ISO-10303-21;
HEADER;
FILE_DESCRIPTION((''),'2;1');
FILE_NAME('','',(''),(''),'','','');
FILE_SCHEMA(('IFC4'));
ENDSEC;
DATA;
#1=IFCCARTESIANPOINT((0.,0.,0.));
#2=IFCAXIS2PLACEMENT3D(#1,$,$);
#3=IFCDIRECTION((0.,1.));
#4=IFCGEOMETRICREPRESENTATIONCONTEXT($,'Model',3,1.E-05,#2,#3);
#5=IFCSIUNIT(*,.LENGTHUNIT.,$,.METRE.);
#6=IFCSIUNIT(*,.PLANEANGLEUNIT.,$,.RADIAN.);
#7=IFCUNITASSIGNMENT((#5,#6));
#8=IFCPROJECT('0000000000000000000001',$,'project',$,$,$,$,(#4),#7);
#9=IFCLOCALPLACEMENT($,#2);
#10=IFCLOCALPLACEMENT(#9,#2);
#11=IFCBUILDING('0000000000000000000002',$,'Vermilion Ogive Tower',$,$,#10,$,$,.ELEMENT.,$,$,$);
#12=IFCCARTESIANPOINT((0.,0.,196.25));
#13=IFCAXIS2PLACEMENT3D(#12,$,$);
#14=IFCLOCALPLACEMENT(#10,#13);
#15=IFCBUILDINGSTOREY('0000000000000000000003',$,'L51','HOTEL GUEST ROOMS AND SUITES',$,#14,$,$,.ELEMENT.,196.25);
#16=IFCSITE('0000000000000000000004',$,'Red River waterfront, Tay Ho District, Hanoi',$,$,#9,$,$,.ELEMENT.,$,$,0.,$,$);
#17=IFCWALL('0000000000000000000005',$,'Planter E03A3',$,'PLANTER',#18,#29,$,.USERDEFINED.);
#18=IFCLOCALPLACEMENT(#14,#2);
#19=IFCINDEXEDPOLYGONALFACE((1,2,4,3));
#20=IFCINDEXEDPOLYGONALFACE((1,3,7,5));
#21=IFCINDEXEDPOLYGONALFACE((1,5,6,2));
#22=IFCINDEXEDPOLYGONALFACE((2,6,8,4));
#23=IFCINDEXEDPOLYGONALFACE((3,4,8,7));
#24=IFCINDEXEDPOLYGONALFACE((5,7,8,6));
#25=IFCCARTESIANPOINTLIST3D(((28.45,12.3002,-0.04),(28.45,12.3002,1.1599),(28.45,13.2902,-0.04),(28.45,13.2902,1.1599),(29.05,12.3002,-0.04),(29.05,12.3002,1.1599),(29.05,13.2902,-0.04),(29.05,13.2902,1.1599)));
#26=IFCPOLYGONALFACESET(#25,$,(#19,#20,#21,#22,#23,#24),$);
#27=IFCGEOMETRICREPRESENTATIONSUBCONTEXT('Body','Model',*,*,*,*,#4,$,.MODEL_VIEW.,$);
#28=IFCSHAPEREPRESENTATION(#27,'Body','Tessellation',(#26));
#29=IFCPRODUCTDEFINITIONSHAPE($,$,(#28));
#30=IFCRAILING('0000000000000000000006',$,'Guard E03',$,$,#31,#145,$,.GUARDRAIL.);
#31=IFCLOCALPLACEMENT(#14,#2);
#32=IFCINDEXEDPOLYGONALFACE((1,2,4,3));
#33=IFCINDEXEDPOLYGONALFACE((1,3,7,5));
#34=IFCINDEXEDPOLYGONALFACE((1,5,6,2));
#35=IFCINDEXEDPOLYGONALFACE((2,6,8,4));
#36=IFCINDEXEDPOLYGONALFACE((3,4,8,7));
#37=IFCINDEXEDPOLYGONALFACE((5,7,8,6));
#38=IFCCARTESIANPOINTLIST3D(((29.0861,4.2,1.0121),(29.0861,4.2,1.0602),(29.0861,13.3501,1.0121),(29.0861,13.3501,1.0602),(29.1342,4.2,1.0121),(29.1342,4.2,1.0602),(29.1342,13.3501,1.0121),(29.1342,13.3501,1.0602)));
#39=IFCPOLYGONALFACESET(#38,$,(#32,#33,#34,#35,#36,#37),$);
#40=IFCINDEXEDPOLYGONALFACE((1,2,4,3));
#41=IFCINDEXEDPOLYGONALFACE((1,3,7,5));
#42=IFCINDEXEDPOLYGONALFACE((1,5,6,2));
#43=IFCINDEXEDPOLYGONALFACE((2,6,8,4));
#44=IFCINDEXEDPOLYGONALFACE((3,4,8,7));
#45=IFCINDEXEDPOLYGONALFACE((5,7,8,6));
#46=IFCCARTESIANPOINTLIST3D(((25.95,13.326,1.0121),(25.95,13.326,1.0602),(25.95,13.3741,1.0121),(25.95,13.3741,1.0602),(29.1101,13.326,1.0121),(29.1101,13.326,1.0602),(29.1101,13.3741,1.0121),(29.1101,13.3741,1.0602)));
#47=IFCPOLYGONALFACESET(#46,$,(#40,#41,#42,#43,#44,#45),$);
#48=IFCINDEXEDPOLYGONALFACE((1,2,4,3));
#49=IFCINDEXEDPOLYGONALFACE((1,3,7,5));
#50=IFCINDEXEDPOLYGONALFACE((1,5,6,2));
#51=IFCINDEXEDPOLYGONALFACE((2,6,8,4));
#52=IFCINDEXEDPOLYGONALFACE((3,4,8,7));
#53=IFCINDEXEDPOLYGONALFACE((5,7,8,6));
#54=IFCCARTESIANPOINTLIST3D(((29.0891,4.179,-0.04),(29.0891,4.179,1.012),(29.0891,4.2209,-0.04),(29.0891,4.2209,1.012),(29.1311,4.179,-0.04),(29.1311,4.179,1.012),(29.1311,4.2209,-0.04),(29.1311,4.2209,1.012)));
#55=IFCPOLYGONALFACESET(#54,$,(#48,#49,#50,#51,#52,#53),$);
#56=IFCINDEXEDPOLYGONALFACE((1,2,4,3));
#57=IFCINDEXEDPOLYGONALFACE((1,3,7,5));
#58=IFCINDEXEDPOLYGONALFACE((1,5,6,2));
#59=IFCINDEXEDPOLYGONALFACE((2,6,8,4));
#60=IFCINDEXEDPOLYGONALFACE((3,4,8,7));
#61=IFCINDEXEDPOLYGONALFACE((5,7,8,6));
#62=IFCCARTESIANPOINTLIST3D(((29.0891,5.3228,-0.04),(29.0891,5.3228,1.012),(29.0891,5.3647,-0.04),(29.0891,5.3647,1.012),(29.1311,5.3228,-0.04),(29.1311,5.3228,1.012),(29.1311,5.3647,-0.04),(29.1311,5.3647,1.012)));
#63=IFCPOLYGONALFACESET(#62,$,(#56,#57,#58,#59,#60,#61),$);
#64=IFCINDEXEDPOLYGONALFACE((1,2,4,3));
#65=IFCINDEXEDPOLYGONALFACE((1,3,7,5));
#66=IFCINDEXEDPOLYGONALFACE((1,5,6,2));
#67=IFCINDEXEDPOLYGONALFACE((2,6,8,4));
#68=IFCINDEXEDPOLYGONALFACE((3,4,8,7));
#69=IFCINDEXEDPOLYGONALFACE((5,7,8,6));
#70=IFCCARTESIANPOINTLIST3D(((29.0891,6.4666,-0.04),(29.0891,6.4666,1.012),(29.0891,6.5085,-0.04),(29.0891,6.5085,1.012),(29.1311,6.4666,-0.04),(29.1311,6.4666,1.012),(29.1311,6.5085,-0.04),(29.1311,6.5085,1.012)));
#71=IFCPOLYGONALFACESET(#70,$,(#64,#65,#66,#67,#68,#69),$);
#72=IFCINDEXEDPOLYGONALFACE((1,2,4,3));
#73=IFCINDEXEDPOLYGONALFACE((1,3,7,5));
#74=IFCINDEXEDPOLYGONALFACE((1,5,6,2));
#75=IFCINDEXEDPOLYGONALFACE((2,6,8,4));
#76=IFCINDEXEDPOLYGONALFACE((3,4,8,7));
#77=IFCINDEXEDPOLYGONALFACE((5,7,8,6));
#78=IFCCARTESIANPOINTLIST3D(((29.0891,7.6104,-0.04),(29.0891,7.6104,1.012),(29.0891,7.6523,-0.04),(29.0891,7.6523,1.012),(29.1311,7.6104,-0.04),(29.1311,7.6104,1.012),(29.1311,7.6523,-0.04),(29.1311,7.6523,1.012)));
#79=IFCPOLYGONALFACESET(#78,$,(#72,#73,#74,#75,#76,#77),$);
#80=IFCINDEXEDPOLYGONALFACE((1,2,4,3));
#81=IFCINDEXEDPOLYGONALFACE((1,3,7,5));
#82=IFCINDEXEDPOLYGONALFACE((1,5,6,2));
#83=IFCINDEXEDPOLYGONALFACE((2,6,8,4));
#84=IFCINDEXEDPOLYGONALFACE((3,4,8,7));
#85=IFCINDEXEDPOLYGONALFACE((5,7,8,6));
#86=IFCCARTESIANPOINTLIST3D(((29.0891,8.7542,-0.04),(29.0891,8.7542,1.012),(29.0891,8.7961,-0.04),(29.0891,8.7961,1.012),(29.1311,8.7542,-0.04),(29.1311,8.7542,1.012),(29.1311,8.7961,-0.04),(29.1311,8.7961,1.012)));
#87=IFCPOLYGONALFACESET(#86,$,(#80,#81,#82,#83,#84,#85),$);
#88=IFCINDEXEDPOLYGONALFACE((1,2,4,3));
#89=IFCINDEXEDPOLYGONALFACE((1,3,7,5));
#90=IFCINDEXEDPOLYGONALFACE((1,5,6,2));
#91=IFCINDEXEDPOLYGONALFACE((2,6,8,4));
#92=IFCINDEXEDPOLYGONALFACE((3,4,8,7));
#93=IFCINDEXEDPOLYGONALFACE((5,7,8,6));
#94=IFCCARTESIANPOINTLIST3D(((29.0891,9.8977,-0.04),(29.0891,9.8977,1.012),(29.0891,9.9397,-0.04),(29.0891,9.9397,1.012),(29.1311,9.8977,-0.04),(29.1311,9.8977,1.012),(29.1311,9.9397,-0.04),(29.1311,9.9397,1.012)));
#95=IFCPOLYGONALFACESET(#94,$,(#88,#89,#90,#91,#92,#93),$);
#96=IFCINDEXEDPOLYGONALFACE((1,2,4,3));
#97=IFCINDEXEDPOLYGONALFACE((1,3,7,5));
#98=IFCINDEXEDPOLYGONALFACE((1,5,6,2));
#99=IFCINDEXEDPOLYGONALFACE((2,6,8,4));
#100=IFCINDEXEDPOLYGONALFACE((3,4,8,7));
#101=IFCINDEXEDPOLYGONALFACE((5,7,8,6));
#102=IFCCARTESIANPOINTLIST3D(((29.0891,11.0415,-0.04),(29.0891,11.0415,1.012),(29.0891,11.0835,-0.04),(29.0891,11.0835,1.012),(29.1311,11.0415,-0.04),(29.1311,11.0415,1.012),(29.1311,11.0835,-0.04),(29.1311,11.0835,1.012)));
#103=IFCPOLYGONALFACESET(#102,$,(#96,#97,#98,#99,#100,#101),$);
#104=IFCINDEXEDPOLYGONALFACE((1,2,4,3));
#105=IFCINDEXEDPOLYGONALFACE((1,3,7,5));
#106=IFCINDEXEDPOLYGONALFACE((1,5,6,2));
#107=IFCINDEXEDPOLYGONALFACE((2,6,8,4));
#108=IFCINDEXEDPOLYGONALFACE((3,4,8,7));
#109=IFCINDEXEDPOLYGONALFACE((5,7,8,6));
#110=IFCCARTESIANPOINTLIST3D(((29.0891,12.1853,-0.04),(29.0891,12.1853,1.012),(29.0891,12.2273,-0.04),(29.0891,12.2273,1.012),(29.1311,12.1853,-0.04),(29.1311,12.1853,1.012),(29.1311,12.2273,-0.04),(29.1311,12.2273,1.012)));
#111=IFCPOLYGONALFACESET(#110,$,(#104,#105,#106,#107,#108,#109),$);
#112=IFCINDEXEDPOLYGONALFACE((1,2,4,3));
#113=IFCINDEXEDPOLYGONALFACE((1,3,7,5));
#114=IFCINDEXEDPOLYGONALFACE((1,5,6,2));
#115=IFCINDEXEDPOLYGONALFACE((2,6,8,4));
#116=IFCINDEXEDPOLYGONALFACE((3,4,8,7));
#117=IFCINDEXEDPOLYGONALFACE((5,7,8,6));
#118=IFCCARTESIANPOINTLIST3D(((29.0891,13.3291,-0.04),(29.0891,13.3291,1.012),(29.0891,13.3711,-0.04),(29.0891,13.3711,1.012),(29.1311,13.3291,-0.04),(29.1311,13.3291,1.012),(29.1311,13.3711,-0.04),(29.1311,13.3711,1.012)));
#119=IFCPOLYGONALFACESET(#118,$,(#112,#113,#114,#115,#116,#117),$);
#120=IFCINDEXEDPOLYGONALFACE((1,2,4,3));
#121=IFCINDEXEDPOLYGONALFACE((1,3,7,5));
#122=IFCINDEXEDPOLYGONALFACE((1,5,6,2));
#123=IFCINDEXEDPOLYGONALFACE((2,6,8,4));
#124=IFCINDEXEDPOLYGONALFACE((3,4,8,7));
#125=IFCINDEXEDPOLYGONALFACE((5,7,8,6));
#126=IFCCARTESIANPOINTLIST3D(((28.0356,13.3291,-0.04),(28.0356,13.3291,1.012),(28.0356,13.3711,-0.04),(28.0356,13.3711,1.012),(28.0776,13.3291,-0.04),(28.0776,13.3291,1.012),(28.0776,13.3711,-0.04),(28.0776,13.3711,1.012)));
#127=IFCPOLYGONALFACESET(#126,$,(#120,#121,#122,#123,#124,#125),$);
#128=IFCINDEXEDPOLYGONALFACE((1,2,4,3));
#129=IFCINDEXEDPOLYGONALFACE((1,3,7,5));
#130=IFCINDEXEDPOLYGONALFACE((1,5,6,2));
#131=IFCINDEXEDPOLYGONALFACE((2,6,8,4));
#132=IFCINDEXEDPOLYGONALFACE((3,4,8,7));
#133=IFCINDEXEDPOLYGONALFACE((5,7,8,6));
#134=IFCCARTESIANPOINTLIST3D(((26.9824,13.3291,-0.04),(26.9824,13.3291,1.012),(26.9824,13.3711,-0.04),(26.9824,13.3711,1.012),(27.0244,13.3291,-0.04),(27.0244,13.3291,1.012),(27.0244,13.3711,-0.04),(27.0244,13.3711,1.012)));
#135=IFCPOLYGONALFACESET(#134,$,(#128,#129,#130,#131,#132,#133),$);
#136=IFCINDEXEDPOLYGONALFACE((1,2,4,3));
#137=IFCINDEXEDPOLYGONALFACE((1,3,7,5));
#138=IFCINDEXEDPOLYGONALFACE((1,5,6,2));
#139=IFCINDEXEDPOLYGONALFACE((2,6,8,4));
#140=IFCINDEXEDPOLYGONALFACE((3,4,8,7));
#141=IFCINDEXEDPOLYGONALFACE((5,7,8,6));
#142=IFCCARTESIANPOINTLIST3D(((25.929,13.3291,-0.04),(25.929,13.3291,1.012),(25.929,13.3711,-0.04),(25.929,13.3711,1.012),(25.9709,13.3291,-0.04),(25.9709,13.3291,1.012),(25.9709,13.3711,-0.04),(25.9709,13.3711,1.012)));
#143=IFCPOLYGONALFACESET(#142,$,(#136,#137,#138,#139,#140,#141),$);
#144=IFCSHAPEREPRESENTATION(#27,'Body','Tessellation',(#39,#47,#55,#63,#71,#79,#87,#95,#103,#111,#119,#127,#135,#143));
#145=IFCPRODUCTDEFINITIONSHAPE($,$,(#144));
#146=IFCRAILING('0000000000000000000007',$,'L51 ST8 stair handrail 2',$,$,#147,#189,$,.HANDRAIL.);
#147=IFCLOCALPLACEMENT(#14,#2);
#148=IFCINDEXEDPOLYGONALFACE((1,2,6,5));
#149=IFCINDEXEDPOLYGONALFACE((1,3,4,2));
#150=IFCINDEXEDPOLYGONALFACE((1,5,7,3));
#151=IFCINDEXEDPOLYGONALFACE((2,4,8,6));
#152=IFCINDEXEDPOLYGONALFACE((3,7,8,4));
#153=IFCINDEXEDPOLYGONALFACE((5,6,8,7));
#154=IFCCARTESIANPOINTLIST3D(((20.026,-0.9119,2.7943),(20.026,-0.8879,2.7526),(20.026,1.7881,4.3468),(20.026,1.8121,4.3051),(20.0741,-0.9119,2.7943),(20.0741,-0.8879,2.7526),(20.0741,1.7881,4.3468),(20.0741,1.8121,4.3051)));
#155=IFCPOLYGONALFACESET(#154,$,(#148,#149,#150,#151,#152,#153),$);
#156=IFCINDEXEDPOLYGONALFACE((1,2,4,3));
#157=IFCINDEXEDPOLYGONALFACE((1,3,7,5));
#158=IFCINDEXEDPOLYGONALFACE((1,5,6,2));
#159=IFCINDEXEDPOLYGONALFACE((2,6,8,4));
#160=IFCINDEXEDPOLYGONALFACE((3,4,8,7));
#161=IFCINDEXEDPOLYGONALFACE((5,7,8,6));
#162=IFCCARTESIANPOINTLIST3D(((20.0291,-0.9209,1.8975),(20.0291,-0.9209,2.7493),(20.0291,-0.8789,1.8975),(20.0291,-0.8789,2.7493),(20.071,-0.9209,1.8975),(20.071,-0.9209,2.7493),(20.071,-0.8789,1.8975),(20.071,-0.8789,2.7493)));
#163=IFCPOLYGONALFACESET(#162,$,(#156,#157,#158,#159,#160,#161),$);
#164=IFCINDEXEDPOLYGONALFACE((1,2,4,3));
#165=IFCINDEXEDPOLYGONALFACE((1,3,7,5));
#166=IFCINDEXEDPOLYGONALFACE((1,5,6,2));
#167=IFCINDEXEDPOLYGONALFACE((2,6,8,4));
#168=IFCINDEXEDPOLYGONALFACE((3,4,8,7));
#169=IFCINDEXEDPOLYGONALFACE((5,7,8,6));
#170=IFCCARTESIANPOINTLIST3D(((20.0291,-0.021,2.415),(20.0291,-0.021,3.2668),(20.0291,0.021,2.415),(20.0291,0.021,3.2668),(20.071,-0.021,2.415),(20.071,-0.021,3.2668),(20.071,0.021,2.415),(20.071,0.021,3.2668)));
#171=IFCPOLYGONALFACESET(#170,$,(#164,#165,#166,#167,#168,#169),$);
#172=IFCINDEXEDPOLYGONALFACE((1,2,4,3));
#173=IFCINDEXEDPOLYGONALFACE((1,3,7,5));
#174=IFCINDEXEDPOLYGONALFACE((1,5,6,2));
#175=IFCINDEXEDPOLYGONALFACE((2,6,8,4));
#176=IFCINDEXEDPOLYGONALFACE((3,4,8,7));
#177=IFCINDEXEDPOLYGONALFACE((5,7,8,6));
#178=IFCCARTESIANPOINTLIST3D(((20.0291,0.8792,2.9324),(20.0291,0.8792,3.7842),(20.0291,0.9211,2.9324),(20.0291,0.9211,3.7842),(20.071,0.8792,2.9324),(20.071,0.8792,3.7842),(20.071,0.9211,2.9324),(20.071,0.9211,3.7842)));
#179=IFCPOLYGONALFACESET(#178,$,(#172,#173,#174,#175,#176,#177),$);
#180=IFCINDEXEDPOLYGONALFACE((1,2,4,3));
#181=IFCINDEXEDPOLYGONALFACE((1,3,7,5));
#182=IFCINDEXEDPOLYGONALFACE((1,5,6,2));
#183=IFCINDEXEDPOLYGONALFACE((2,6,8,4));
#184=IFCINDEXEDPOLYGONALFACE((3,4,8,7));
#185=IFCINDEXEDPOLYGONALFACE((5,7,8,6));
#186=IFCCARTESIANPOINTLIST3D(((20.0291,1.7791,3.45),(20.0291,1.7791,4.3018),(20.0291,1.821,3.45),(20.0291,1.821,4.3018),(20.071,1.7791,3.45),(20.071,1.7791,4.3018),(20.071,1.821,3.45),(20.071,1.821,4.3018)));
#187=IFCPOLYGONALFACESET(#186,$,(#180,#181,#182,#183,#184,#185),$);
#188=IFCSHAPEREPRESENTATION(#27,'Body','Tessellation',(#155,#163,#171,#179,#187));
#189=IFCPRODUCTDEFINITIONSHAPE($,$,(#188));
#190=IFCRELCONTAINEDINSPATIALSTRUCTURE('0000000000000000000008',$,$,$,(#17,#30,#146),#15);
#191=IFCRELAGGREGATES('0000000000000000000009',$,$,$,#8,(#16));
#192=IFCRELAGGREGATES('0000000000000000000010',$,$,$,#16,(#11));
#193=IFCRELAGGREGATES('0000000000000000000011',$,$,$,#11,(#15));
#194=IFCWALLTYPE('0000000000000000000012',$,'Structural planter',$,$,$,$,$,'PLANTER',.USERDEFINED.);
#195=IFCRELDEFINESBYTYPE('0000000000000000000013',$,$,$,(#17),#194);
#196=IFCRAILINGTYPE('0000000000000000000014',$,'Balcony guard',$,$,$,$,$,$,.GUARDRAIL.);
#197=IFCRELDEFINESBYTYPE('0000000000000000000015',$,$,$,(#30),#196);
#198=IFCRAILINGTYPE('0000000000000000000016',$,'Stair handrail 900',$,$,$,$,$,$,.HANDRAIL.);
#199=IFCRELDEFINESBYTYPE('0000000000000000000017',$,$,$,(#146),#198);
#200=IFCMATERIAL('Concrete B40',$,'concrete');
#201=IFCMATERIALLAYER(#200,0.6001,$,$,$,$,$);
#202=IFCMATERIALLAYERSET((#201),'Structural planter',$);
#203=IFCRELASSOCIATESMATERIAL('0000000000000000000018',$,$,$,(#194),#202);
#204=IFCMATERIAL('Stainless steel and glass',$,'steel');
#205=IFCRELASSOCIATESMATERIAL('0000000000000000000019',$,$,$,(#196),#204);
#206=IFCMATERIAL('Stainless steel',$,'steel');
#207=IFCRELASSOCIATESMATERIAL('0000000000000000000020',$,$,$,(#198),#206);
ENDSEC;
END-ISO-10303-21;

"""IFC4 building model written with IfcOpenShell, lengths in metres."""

from ifc_helpers import new_model, si_unit, direction, frame, frame_2d, origin, origin_2d, place, context, subcontext, project, spatial, rectangle, extrude, material, layer, layer_set, type_object, element, save


model = new_model("IFC4")

# Units and contexts
model_context = context("Model", 3, precision=1e-05, world=origin(), true_north=direction((0.0, 1.0)))
body_context = subcontext(model_context, "Body", "Model", "MODEL_VIEW")
ifc_project = project(units=[si_unit("LENGTHUNIT", "METRE"), si_unit("PLANEANGLEUNIT", "RADIAN")], contexts=[model_context])

# Site, building, storey
site_placement = place(None, origin())
site = spatial("IfcSite", under=ifc_project, at=site_placement, Name="Red River waterfront, Tay Ho District, Hanoi", CompositionType="ELEMENT", RefElevation=0.0)
building_placement = place(site_placement, origin())
building = spatial("IfcBuilding", under=site, at=building_placement, Name="Vermilion Ogive Tower", CompositionType="ELEMENT")
storey_placement = place(building_placement, frame((0.0, 0.0, 196.25)))
storey = spatial("IfcBuildingStorey", under=building, at=storey_placement, Name="L51", Description="HOTEL GUEST ROOMS AND SUITES", CompositionType="ELEMENT", Elevation=196.25)

# Wall
ifc_material_1 = material(Name="Concrete B40", Category="concrete")
ifc_layer_1 = layer(ifc_material_1, 0.6001)
ifc_layer_set_1 = layer_set([ifc_layer_1], Name="Structural planter")
wall_type_1 = type_object("IfcWallType", Name="Structural planter", ElementType="PLANTER", PredefinedType="USERDEFINED", material=ifc_layer_set_1)
wall_1_placement = place(storey_placement, frame((28.75, 12.3, -0.04), z_axis=(0.0, 0.0, 1.0), x_axis=(0.0, 1.0, 0.0)))
element("IfcWall", 1, at=wall_1_placement, inside=storey, type_object=wall_type_1, Name="Planter E03A3", ObjectType="PLANTER", PredefinedType="USERDEFINED", context=body_context, shape_type="SweptSolid", body=[
    extrude(rectangle(XDim=0.99, YDim=0.6001, at=frame_2d((0.4951, 0.0))), origin(), (0.0, 0.0, 1.0), 1.2),
])

# Railings
ifc_material_2 = material(Name="Stainless steel and glass", Category="steel")
railing_type_1 = type_object("IfcRailingType", Name="Balcony guard", PredefinedType="GUARDRAIL", material=ifc_material_2)
railing_1_placement = place(storey_placement, frame((29.1101, 4.2, -0.04)))
element("IfcRailing", 2, at=railing_1_placement, inside=storey, type_object=railing_type_1, Name="Guard E03", PredefinedType="GUARDRAIL", context=body_context, shape_type="SweptSolid", body=[
    extrude(rectangle(XDim=0.0481, YDim=0.0481, at=origin_2d()), frame((0.0, 0.0, 1.0762), z_axis=(0.0, 1.0, 0.0), x_axis=(-1.0, 0.0, 0.0)), (0.0, 0.0, 1.0), 9.1501),
    extrude(rectangle(XDim=0.0481, YDim=0.0481, at=origin_2d()), frame((0.0, 9.1501, 1.0762), z_axis=(-1.0, 0.0, 0.0), x_axis=(0.0, -1.0, 0.0)), (0.0, 0.0, 1.0), 3.1602),
    extrude(rectangle(XDim=0.042, YDim=0.042, at=origin_2d()), origin(), (0.0, 0.0, 1.0), 1.052),
    extrude(rectangle(XDim=0.042, YDim=0.042, at=origin_2d()), frame((0.0, 1.1438, 0.0)), (0.0, 0.0, 1.0), 1.052),
    extrude(rectangle(XDim=0.042, YDim=0.042, at=origin_2d()), frame((0.0, 2.2876, 0.0)), (0.0, 0.0, 1.0), 1.052),
    extrude(rectangle(XDim=0.042, YDim=0.042, at=origin_2d()), frame((0.0, 3.4314, 0.0)), (0.0, 0.0, 1.0), 1.052),
    extrude(rectangle(XDim=0.042, YDim=0.042, at=origin_2d()), frame((0.0, 4.5752, 0.0)), (0.0, 0.0, 1.0), 1.052),
    extrude(rectangle(XDim=0.042, YDim=0.042, at=origin_2d()), frame((0.0, 5.7188, 0.0)), (0.0, 0.0, 1.0), 1.052),
    extrude(rectangle(XDim=0.042, YDim=0.042, at=origin_2d()), frame((0.0, 6.8625, 0.0)), (0.0, 0.0, 1.0), 1.052),
    extrude(rectangle(XDim=0.042, YDim=0.042, at=origin_2d()), frame((0.0, 8.0063, 0.0)), (0.0, 0.0, 1.0), 1.052),
    extrude(rectangle(XDim=0.042, YDim=0.042, at=origin_2d()), frame((0.0, 9.1501, 0.0)), (0.0, 0.0, 1.0), 1.052),
    extrude(rectangle(XDim=0.042, YDim=0.042, at=origin_2d()), frame((-1.0535, 9.1501, 0.0)), (0.0, 0.0, 1.0), 1.052),
    extrude(rectangle(XDim=0.042, YDim=0.042, at=origin_2d()), frame((-2.1067, 9.1501, 0.0)), (0.0, 0.0, 1.0), 1.052),
    extrude(rectangle(XDim=0.042, YDim=0.042, at=origin_2d()), frame((-3.1602, 9.1501, 0.0)), (0.0, 0.0, 1.0), 1.052),
])
ifc_material_3 = material(Name="Stainless steel", Category="steel")
railing_type_2 = type_object("IfcRailingType", Name="Stair handrail 900", PredefinedType="HANDRAIL", material=ifc_material_3)
railing_2_placement = place(storey_placement, frame((20.05, -0.8999, 1.8975)))
element("IfcRailing", 3, at=railing_2_placement, inside=storey, type_object=railing_type_2, Name="L51 ST8 stair handrail 2", PredefinedType="HANDRAIL", context=body_context, shape_type="SweptSolid", body=[
    extrude(rectangle(XDim=0.0481, YDim=0.0481, at=origin_2d()), frame((0.0, 0.0, 0.876), z_axis=(0.0, 0.866904, 0.498476), x_axis=(-1.0, 0.0, 0.0)), (0.0, 0.0, 1.0), 3.1145),
    extrude(rectangle(XDim=0.042, YDim=0.042, at=origin_2d()), origin(), (0.0, 0.0, 1.0), 0.8518),
    extrude(rectangle(XDim=0.042, YDim=0.042, at=origin_2d()), frame((0.0, 0.8999, 0.5176)), (0.0, 0.0, 1.0), 0.8518),
    extrude(rectangle(XDim=0.042, YDim=0.042, at=origin_2d()), frame((0.0, 1.8, 1.0349)), (0.0, 0.0, 1.0), 0.8518),
    extrude(rectangle(XDim=0.042, YDim=0.042, at=origin_2d()), frame((0.0, 2.7, 1.5525)), (0.0, 0.0, 1.0), 0.8518),
])

save(model, "model.ifc")
